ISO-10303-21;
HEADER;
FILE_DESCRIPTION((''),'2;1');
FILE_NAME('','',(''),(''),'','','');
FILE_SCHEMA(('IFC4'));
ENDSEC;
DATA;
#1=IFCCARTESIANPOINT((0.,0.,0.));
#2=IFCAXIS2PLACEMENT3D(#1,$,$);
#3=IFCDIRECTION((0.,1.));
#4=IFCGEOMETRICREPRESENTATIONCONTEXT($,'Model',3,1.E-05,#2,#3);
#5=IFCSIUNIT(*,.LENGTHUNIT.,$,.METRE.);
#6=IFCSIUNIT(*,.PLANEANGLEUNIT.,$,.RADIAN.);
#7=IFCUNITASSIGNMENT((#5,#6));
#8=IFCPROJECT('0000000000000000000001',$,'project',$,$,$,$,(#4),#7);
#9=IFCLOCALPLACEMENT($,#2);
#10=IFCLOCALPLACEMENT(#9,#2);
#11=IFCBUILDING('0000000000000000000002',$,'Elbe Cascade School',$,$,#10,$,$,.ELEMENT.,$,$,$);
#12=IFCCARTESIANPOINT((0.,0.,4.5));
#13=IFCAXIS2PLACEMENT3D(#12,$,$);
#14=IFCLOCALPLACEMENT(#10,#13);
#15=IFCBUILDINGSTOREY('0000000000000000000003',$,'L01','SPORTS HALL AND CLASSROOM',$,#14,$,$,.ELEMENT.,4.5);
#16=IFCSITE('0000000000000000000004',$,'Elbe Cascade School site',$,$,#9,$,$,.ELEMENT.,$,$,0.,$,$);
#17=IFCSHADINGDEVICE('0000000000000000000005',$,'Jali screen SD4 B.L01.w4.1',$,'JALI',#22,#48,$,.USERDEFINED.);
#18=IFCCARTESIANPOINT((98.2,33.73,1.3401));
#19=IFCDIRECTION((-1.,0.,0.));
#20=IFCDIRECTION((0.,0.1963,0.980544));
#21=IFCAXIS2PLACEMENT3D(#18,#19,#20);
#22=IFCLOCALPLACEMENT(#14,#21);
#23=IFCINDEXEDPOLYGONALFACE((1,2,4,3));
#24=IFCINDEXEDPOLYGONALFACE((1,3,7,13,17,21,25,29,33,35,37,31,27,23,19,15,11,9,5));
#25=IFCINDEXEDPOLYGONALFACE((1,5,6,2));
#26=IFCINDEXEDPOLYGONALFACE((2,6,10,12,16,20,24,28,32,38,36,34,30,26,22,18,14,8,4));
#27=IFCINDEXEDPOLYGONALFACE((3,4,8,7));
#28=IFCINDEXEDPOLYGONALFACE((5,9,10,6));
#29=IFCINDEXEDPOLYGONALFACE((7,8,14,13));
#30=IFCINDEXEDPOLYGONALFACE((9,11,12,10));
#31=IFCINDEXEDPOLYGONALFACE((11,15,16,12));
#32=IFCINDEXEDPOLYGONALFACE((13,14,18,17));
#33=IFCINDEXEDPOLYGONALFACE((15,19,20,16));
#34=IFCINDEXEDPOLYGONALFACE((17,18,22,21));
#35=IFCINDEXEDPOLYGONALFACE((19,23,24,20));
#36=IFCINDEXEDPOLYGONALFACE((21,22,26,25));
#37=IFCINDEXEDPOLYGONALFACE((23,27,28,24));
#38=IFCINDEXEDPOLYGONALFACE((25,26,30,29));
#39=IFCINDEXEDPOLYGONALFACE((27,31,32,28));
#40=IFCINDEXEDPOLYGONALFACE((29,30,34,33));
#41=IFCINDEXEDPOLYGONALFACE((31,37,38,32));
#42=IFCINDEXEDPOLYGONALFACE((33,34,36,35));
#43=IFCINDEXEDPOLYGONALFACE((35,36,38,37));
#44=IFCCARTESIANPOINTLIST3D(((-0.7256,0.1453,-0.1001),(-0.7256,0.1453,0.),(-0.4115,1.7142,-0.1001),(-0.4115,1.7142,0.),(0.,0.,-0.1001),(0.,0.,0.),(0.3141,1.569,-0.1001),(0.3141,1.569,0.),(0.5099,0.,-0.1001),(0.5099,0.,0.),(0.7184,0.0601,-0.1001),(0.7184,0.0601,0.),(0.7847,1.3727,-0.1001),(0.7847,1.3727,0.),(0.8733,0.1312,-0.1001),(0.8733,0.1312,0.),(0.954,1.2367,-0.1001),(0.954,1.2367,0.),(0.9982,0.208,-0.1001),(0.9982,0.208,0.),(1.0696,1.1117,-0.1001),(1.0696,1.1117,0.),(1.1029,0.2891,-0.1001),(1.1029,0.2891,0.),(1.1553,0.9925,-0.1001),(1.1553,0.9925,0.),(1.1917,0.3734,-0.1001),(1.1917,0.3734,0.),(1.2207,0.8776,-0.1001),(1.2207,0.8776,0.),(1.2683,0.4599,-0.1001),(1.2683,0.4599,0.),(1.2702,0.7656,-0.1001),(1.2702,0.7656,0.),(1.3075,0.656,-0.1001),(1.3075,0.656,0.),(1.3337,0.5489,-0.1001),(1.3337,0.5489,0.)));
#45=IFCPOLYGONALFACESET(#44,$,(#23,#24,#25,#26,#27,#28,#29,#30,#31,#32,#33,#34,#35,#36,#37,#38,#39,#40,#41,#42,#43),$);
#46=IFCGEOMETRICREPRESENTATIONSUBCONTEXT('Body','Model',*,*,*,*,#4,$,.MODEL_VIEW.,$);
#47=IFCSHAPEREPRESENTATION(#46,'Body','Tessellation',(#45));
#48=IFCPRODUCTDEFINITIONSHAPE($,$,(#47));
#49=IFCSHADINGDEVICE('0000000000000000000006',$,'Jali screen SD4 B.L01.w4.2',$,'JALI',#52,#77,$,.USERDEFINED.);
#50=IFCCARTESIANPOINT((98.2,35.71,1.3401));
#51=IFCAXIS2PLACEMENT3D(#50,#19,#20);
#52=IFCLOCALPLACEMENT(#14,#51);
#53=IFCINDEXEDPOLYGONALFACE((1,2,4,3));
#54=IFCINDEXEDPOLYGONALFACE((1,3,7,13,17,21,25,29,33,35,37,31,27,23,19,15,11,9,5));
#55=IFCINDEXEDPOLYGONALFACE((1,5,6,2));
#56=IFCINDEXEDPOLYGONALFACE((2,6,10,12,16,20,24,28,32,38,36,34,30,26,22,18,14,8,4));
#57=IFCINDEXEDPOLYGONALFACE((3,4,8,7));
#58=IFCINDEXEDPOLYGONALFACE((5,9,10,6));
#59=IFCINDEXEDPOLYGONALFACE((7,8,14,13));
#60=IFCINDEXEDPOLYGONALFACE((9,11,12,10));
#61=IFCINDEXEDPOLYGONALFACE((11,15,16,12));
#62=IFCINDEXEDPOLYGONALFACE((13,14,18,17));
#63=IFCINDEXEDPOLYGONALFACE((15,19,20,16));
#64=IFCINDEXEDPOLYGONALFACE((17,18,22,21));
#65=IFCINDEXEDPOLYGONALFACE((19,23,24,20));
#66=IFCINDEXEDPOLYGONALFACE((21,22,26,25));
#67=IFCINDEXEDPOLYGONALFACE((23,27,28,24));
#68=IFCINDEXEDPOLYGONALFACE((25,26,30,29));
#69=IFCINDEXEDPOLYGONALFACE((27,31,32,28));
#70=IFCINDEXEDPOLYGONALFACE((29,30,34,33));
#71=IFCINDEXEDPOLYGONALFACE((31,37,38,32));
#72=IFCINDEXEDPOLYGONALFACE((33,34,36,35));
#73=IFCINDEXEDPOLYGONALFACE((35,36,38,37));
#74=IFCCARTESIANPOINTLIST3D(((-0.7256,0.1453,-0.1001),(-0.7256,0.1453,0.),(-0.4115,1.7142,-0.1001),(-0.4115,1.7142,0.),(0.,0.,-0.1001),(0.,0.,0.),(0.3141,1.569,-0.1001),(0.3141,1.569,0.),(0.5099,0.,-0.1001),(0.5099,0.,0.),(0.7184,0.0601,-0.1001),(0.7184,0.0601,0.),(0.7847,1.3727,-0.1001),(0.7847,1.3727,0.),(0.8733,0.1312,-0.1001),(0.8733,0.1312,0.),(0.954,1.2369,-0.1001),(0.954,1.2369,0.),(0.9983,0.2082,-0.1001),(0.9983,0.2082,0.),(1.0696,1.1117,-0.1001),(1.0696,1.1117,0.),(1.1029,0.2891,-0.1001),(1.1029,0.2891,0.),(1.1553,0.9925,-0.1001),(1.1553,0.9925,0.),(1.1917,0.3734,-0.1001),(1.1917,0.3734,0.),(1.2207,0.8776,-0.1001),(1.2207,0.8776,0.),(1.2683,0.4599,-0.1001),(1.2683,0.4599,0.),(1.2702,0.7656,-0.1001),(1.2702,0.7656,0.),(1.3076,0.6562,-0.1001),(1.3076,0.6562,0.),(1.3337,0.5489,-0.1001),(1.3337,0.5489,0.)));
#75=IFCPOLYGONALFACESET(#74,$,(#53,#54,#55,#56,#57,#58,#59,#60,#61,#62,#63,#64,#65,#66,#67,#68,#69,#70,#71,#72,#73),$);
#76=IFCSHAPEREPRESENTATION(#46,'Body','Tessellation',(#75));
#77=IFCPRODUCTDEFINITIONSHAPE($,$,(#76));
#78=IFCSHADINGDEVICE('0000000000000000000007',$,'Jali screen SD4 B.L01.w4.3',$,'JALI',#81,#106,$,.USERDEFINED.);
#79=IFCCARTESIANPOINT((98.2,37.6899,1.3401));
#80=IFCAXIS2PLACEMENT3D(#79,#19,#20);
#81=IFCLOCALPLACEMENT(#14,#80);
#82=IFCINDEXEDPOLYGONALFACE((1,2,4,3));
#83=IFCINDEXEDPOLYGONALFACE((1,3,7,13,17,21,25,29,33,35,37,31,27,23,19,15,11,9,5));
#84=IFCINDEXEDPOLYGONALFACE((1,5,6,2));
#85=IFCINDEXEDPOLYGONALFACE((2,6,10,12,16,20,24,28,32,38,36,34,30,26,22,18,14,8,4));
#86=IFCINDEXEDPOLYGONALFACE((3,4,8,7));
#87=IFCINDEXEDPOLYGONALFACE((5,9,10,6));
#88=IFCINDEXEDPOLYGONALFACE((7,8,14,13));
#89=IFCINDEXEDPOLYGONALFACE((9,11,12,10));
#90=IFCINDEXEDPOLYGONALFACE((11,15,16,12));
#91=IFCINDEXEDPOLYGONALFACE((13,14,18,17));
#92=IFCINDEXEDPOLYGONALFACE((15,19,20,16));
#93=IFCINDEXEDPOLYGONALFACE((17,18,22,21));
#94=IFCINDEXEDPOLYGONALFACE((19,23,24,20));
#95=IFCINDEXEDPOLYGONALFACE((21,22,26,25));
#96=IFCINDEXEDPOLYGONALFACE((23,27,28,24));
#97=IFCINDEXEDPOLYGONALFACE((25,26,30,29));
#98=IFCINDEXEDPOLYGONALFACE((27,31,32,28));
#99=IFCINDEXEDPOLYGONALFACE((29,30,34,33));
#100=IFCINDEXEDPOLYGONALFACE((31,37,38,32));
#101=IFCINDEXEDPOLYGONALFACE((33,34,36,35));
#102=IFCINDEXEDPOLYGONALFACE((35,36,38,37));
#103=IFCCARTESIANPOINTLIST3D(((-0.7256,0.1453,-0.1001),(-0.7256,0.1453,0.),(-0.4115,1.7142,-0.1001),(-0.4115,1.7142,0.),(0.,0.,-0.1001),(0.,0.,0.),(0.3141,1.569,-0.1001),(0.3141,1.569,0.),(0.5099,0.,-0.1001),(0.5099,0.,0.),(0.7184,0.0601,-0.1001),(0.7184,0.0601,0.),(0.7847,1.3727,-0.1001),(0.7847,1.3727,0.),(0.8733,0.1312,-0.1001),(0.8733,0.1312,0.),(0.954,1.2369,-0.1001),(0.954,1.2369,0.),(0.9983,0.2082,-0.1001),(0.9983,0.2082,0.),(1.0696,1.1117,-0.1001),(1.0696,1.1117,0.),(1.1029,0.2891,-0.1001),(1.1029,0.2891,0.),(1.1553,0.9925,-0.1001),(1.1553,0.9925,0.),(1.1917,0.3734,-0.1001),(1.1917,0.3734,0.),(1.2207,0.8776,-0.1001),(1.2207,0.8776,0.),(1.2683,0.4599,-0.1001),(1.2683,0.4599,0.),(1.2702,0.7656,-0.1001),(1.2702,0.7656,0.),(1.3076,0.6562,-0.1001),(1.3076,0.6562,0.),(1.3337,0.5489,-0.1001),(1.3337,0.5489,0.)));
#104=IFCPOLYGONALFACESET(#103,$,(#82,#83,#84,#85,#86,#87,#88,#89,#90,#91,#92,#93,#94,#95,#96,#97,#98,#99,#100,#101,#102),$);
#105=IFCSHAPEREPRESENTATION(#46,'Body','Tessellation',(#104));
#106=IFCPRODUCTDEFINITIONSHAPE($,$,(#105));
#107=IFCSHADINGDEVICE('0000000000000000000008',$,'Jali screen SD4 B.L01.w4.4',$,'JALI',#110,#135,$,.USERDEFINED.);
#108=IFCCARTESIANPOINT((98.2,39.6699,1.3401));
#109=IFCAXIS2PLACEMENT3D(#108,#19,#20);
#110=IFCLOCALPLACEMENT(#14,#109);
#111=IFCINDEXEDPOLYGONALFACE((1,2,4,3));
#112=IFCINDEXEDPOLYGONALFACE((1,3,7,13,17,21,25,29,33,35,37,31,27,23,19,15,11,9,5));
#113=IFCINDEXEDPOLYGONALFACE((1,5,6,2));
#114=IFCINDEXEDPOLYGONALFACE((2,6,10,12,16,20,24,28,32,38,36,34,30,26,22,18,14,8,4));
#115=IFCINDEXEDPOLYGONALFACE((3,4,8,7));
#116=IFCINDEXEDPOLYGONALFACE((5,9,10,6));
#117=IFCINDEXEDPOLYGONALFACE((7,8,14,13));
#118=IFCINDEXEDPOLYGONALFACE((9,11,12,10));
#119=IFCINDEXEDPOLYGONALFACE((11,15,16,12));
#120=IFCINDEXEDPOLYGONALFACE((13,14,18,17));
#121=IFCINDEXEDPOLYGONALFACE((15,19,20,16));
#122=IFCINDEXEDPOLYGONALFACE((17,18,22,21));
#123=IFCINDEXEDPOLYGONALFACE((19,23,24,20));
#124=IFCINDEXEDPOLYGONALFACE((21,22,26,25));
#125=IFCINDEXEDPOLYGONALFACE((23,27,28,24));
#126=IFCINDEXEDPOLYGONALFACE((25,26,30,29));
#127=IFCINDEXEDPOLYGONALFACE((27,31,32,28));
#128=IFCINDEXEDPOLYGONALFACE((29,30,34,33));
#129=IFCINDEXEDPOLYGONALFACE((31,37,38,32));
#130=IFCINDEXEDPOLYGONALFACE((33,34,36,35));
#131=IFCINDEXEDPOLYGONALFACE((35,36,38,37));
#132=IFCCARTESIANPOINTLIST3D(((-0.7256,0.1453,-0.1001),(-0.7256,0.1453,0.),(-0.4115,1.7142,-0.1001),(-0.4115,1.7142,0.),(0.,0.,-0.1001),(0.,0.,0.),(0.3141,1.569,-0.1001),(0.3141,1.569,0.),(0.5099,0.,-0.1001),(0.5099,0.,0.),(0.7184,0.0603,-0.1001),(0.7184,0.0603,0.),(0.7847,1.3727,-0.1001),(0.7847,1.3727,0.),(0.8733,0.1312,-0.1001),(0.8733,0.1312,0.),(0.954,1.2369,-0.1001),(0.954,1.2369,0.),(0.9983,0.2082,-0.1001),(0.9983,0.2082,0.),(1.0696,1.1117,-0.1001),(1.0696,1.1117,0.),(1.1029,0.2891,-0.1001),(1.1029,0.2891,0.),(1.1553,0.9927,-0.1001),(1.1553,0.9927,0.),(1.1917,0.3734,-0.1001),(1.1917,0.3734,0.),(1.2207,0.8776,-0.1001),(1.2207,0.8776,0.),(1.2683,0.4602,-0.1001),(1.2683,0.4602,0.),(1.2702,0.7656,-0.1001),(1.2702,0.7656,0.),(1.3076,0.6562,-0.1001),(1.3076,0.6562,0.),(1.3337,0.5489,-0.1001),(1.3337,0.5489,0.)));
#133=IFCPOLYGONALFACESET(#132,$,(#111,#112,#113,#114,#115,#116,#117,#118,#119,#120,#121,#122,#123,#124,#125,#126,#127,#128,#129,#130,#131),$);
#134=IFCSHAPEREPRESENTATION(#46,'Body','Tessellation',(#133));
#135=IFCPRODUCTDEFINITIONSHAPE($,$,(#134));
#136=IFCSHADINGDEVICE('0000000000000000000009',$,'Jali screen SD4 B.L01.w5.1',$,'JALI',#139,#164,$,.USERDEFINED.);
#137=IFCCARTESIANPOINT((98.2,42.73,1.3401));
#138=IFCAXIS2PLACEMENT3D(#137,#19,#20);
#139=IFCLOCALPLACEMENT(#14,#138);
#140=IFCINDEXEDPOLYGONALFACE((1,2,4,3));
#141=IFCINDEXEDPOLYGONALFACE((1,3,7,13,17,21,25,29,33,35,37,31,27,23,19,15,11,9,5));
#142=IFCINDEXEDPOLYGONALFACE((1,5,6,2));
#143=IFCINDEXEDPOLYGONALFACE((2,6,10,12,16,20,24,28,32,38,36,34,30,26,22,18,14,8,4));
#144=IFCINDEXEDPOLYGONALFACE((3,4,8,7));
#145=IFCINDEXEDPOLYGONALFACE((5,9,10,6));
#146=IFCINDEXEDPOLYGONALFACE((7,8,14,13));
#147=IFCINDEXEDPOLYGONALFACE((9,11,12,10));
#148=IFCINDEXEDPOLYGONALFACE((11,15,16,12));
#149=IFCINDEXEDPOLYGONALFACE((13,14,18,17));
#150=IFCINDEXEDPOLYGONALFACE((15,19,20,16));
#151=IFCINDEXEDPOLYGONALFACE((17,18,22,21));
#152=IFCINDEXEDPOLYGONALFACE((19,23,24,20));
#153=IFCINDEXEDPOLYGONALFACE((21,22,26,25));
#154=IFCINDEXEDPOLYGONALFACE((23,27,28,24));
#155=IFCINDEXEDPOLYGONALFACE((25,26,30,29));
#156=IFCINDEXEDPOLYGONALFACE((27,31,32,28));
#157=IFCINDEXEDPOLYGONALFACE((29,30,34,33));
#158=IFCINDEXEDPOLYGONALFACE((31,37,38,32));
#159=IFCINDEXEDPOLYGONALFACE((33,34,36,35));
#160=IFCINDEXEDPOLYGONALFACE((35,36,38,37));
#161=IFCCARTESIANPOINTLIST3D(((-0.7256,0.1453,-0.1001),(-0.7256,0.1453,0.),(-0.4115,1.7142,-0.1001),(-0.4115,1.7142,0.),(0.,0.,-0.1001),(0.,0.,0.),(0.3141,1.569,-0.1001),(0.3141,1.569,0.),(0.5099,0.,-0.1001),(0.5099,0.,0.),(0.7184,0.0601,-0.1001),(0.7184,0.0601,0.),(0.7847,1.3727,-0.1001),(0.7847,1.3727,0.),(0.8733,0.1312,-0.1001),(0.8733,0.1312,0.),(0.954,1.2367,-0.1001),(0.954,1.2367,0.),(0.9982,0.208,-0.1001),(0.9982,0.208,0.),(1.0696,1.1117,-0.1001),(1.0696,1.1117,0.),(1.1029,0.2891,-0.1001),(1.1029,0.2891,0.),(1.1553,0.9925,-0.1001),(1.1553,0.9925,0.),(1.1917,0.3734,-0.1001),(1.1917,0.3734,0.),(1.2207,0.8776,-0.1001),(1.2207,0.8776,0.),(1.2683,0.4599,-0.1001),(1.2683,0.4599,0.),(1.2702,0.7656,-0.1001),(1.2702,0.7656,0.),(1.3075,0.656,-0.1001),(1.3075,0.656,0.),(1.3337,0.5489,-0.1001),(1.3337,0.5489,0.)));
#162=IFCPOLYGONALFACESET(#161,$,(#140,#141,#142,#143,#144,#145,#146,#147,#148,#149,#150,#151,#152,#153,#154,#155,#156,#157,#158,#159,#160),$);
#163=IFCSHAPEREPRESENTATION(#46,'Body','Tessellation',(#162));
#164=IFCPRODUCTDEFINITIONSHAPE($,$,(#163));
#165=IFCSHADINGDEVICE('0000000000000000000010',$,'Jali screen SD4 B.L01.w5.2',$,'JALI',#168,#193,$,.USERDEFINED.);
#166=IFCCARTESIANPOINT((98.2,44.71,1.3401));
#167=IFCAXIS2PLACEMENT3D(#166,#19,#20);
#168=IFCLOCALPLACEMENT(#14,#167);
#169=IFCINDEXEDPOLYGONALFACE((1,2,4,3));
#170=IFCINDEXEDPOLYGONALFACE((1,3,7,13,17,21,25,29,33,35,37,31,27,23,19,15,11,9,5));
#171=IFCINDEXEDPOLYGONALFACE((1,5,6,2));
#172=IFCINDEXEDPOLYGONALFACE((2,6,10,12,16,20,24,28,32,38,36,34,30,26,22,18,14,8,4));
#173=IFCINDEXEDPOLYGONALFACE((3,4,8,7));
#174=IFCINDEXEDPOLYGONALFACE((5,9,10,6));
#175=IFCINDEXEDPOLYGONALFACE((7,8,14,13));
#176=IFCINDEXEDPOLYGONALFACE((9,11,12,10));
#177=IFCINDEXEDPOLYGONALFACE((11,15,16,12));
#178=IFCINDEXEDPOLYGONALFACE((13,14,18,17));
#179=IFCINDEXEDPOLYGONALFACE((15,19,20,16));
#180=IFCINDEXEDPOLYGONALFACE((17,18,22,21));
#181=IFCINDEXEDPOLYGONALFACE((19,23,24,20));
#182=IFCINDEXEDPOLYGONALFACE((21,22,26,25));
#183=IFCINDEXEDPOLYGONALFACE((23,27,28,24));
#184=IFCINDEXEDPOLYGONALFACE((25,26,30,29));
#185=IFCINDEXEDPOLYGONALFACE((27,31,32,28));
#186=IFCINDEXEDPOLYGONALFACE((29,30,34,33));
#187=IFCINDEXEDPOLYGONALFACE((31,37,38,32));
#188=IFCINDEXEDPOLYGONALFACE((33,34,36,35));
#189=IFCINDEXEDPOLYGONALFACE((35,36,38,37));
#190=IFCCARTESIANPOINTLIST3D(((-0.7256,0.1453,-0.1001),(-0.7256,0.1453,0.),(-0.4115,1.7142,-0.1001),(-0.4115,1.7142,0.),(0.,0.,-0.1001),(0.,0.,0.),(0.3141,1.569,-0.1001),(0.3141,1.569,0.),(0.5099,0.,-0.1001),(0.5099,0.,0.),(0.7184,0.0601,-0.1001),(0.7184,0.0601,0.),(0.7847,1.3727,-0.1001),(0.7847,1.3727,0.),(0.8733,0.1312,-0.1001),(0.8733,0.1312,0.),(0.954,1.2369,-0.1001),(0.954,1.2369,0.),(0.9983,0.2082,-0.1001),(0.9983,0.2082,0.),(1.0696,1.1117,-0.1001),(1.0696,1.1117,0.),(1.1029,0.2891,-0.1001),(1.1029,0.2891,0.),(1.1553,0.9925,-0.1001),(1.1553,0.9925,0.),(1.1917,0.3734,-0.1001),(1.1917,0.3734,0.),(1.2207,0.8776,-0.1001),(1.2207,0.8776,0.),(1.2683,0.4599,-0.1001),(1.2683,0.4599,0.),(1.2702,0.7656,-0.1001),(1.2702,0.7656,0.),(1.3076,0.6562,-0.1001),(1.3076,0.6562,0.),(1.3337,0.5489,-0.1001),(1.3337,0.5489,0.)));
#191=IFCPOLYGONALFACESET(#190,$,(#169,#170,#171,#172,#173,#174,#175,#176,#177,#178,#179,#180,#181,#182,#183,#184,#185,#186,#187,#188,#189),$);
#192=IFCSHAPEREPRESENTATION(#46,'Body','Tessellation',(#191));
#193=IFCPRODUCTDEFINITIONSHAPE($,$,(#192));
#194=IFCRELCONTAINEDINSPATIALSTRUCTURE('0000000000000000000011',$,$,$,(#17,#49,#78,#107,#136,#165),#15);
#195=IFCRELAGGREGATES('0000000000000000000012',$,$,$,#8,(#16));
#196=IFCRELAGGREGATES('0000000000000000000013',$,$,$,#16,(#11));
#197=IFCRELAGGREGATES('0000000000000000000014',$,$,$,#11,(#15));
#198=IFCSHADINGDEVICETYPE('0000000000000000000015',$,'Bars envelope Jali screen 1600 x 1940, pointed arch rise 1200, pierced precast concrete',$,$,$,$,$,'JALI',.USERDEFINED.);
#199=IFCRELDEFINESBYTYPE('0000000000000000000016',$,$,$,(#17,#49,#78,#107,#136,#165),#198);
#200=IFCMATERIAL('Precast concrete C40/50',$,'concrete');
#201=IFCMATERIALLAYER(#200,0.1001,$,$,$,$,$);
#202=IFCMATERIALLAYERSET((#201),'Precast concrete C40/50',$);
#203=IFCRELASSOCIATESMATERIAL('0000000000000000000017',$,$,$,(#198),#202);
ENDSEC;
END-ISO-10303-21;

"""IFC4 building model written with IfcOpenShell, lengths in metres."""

from ifc_helpers import new_model, si_unit, direction, frame, origin, place, context, subcontext, project, spatial, polyline, outline, extrude, material, layer, layer_set, type_object, element, save


model = new_model("IFC4")

# Units and contexts
model_context = context("Model", 3, precision=1e-05, world=origin(), true_north=direction((0.0, 1.0)))
body_context = subcontext(model_context, "Body", "Model", "MODEL_VIEW")
ifc_project = project(units=[si_unit("LENGTHUNIT", "METRE"), si_unit("PLANEANGLEUNIT", "RADIAN")], contexts=[model_context])

# Site, building, storey
site_placement = place(None, origin())
site = spatial("IfcSite", under=ifc_project, at=site_placement, Name="Elbe Cascade School site", CompositionType="ELEMENT", RefElevation=0.0)
building_placement = place(site_placement, origin())
building = spatial("IfcBuilding", under=site, at=building_placement, Name="Elbe Cascade School", CompositionType="ELEMENT")
storey_placement = place(building_placement, frame((0.0, 0.0, 4.5)))
storey = spatial("IfcBuildingStorey", under=building, at=storey_placement, Name="L01", Description="SPORTS HALL AND CLASSROOM", CompositionType="ELEMENT", Elevation=4.5)

# Shading devices
ifc_material_1 = material(Name="Precast concrete C40/50", Category="concrete")
ifc_layer_1 = layer(ifc_material_1, 0.1001)
ifc_layer_set_1 = layer_set([ifc_layer_1], Name="Precast concrete C40/50")
shading_device_type_1 = type_object("IfcShadingDeviceType", Name="Bars envelope Jali screen 1600 x 1940, pointed arch rise 1200, pierced precast concrete", ElementType="JALI", PredefinedType="USERDEFINED", material=ifc_layer_set_1)
shading_device_1_placement = place(storey_placement, frame((98.2, 33.73, 1.3401), z_axis=(-1.0, 0.0, 0.0), x_axis=(0.0, 0.1963, 0.980544)))
element("IfcShadingDevice", 1, at=shading_device_1_placement, inside=storey, type_object=shading_device_type_1, Name="Jali screen SD4 B.L01.w4.1", ObjectType="JALI", PredefinedType="USERDEFINED", context=body_context, shape_type="SweptSolid", body=[
    extrude(outline(polyline([(0.0, 0.0), (0.5099, 0.0), (0.7184, 0.0601), (0.8733, 0.1312), (0.9982, 0.208), (1.1029, 0.2891), (1.1917, 0.3734), (1.2683, 0.4599), (1.3337, 0.5489), (1.3075, 0.656), (1.2702, 0.7656), (1.2207, 0.8776), (1.1553, 0.9925), (1.0696, 1.1117), (0.954, 1.2367), (0.7847, 1.3727), (0.3141, 1.569), (-0.4115, 1.7142), (-0.7256, 0.1453), (0.0, 0.0)])), origin(), (0.0, 0.0, -1.0), 0.1001),
])
for number, where, z_axis, x_axis, name in (
    (2, (98.2, 35.71, 1.3401), (-1.0, 0.0, 0.0), (0.0, 0.1963, 0.980544), "Jali screen SD4 B.L01.w4.2"),
    (3, (98.2, 37.6899, 1.3401), (-1.0, 0.0, 0.0), (0.0, 0.1963, 0.980544), "Jali screen SD4 B.L01.w4.3"),
):
    element("IfcShadingDevice", number, at=place(storey_placement, frame(where, z_axis=z_axis, x_axis=x_axis)), inside=storey, type_object=shading_device_type_1, Name=name, ObjectType="JALI", PredefinedType="USERDEFINED", context=body_context, shape_type="SweptSolid", body=[
        extrude(outline(polyline([(0.0, 0.0), (0.5099, 0.0), (0.7184, 0.0601), (0.8733, 0.1312), (0.9983, 0.2082), (1.1029, 0.2891), (1.1917, 0.3734), (1.2683, 0.4599), (1.3337, 0.5489), (1.3076, 0.6562), (1.2702, 0.7656), (1.2207, 0.8776), (1.1553, 0.9925), (1.0696, 1.1117), (0.954, 1.2369), (0.7847, 1.3727), (0.3141, 1.569), (-0.4115, 1.7142), (-0.7256, 0.1453), (0.0, 0.0)])), origin(), (0.0, 0.0, -1.0), 0.1001),
    ])
shading_device_2_placement = place(storey_placement, frame((98.2, 39.6699, 1.3401), z_axis=(-1.0, 0.0, 0.0), x_axis=(0.0, 0.1963, 0.980544)))
element("IfcShadingDevice", 4, at=shading_device_2_placement, inside=storey, type_object=shading_device_type_1, Name="Jali screen SD4 B.L01.w4.4", ObjectType="JALI", PredefinedType="USERDEFINED", context=body_context, shape_type="SweptSolid", body=[
    extrude(outline(polyline([(0.0, 0.0), (0.5099, 0.0), (0.7184, 0.0603), (0.8733, 0.1312), (0.9983, 0.2082), (1.1029, 0.2891), (1.1917, 0.3734), (1.2683, 0.4602), (1.3337, 0.5489), (1.3076, 0.6562), (1.2702, 0.7656), (1.2207, 0.8776), (1.1553, 0.9927), (1.0696, 1.1117), (0.954, 1.2369), (0.7847, 1.3727), (0.3141, 1.569), (-0.4115, 1.7142), (-0.7256, 0.1453), (0.0, 0.0)])), origin(), (0.0, 0.0, -1.0), 0.1001),
])
shading_device_3_placement = place(storey_placement, frame((98.2, 42.73, 1.3401), z_axis=(-1.0, 0.0, 0.0), x_axis=(0.0, 0.1963, 0.980544)))
element("IfcShadingDevice", 5, at=shading_device_3_placement, inside=storey, type_object=shading_device_type_1, Name="Jali screen SD4 B.L01.w5.1", ObjectType="JALI", PredefinedType="USERDEFINED", context=body_context, shape_type="SweptSolid", body=[
    extrude(outline(polyline([(0.0, 0.0), (0.5099, 0.0), (0.7184, 0.0601), (0.8733, 0.1312), (0.9982, 0.208), (1.1029, 0.2891), (1.1917, 0.3734), (1.2683, 0.4599), (1.3337, 0.5489), (1.3075, 0.656), (1.2702, 0.7656), (1.2207, 0.8776), (1.1553, 0.9925), (1.0696, 1.1117), (0.954, 1.2367), (0.7847, 1.3727), (0.3141, 1.569), (-0.4115, 1.7142), (-0.7256, 0.1453), (0.0, 0.0)])), origin(), (0.0, 0.0, -1.0), 0.1001),
])
shading_device_4_placement = place(storey_placement, frame((98.2, 44.71, 1.3401), z_axis=(-1.0, 0.0, 0.0), x_axis=(0.0, 0.1963, 0.980544)))
element("IfcShadingDevice", 6, at=shading_device_4_placement, inside=storey, type_object=shading_device_type_1, Name="Jali screen SD4 B.L01.w5.2", ObjectType="JALI", PredefinedType="USERDEFINED", context=body_context, shape_type="SweptSolid", body=[
    extrude(outline(polyline([(0.0, 0.0), (0.5099, 0.0), (0.7184, 0.0601), (0.8733, 0.1312), (0.9983, 0.2082), (1.1029, 0.2891), (1.1917, 0.3734), (1.2683, 0.4599), (1.3337, 0.5489), (1.3076, 0.6562), (1.2702, 0.7656), (1.2207, 0.8776), (1.1553, 0.9925), (1.0696, 1.1117), (0.954, 1.2369), (0.7847, 1.3727), (0.3141, 1.569), (-0.4115, 1.7142), (-0.7256, 0.1453), (0.0, 0.0)])), origin(), (0.0, 0.0, -1.0), 0.1001),
])

save(model, "model.ifc")
